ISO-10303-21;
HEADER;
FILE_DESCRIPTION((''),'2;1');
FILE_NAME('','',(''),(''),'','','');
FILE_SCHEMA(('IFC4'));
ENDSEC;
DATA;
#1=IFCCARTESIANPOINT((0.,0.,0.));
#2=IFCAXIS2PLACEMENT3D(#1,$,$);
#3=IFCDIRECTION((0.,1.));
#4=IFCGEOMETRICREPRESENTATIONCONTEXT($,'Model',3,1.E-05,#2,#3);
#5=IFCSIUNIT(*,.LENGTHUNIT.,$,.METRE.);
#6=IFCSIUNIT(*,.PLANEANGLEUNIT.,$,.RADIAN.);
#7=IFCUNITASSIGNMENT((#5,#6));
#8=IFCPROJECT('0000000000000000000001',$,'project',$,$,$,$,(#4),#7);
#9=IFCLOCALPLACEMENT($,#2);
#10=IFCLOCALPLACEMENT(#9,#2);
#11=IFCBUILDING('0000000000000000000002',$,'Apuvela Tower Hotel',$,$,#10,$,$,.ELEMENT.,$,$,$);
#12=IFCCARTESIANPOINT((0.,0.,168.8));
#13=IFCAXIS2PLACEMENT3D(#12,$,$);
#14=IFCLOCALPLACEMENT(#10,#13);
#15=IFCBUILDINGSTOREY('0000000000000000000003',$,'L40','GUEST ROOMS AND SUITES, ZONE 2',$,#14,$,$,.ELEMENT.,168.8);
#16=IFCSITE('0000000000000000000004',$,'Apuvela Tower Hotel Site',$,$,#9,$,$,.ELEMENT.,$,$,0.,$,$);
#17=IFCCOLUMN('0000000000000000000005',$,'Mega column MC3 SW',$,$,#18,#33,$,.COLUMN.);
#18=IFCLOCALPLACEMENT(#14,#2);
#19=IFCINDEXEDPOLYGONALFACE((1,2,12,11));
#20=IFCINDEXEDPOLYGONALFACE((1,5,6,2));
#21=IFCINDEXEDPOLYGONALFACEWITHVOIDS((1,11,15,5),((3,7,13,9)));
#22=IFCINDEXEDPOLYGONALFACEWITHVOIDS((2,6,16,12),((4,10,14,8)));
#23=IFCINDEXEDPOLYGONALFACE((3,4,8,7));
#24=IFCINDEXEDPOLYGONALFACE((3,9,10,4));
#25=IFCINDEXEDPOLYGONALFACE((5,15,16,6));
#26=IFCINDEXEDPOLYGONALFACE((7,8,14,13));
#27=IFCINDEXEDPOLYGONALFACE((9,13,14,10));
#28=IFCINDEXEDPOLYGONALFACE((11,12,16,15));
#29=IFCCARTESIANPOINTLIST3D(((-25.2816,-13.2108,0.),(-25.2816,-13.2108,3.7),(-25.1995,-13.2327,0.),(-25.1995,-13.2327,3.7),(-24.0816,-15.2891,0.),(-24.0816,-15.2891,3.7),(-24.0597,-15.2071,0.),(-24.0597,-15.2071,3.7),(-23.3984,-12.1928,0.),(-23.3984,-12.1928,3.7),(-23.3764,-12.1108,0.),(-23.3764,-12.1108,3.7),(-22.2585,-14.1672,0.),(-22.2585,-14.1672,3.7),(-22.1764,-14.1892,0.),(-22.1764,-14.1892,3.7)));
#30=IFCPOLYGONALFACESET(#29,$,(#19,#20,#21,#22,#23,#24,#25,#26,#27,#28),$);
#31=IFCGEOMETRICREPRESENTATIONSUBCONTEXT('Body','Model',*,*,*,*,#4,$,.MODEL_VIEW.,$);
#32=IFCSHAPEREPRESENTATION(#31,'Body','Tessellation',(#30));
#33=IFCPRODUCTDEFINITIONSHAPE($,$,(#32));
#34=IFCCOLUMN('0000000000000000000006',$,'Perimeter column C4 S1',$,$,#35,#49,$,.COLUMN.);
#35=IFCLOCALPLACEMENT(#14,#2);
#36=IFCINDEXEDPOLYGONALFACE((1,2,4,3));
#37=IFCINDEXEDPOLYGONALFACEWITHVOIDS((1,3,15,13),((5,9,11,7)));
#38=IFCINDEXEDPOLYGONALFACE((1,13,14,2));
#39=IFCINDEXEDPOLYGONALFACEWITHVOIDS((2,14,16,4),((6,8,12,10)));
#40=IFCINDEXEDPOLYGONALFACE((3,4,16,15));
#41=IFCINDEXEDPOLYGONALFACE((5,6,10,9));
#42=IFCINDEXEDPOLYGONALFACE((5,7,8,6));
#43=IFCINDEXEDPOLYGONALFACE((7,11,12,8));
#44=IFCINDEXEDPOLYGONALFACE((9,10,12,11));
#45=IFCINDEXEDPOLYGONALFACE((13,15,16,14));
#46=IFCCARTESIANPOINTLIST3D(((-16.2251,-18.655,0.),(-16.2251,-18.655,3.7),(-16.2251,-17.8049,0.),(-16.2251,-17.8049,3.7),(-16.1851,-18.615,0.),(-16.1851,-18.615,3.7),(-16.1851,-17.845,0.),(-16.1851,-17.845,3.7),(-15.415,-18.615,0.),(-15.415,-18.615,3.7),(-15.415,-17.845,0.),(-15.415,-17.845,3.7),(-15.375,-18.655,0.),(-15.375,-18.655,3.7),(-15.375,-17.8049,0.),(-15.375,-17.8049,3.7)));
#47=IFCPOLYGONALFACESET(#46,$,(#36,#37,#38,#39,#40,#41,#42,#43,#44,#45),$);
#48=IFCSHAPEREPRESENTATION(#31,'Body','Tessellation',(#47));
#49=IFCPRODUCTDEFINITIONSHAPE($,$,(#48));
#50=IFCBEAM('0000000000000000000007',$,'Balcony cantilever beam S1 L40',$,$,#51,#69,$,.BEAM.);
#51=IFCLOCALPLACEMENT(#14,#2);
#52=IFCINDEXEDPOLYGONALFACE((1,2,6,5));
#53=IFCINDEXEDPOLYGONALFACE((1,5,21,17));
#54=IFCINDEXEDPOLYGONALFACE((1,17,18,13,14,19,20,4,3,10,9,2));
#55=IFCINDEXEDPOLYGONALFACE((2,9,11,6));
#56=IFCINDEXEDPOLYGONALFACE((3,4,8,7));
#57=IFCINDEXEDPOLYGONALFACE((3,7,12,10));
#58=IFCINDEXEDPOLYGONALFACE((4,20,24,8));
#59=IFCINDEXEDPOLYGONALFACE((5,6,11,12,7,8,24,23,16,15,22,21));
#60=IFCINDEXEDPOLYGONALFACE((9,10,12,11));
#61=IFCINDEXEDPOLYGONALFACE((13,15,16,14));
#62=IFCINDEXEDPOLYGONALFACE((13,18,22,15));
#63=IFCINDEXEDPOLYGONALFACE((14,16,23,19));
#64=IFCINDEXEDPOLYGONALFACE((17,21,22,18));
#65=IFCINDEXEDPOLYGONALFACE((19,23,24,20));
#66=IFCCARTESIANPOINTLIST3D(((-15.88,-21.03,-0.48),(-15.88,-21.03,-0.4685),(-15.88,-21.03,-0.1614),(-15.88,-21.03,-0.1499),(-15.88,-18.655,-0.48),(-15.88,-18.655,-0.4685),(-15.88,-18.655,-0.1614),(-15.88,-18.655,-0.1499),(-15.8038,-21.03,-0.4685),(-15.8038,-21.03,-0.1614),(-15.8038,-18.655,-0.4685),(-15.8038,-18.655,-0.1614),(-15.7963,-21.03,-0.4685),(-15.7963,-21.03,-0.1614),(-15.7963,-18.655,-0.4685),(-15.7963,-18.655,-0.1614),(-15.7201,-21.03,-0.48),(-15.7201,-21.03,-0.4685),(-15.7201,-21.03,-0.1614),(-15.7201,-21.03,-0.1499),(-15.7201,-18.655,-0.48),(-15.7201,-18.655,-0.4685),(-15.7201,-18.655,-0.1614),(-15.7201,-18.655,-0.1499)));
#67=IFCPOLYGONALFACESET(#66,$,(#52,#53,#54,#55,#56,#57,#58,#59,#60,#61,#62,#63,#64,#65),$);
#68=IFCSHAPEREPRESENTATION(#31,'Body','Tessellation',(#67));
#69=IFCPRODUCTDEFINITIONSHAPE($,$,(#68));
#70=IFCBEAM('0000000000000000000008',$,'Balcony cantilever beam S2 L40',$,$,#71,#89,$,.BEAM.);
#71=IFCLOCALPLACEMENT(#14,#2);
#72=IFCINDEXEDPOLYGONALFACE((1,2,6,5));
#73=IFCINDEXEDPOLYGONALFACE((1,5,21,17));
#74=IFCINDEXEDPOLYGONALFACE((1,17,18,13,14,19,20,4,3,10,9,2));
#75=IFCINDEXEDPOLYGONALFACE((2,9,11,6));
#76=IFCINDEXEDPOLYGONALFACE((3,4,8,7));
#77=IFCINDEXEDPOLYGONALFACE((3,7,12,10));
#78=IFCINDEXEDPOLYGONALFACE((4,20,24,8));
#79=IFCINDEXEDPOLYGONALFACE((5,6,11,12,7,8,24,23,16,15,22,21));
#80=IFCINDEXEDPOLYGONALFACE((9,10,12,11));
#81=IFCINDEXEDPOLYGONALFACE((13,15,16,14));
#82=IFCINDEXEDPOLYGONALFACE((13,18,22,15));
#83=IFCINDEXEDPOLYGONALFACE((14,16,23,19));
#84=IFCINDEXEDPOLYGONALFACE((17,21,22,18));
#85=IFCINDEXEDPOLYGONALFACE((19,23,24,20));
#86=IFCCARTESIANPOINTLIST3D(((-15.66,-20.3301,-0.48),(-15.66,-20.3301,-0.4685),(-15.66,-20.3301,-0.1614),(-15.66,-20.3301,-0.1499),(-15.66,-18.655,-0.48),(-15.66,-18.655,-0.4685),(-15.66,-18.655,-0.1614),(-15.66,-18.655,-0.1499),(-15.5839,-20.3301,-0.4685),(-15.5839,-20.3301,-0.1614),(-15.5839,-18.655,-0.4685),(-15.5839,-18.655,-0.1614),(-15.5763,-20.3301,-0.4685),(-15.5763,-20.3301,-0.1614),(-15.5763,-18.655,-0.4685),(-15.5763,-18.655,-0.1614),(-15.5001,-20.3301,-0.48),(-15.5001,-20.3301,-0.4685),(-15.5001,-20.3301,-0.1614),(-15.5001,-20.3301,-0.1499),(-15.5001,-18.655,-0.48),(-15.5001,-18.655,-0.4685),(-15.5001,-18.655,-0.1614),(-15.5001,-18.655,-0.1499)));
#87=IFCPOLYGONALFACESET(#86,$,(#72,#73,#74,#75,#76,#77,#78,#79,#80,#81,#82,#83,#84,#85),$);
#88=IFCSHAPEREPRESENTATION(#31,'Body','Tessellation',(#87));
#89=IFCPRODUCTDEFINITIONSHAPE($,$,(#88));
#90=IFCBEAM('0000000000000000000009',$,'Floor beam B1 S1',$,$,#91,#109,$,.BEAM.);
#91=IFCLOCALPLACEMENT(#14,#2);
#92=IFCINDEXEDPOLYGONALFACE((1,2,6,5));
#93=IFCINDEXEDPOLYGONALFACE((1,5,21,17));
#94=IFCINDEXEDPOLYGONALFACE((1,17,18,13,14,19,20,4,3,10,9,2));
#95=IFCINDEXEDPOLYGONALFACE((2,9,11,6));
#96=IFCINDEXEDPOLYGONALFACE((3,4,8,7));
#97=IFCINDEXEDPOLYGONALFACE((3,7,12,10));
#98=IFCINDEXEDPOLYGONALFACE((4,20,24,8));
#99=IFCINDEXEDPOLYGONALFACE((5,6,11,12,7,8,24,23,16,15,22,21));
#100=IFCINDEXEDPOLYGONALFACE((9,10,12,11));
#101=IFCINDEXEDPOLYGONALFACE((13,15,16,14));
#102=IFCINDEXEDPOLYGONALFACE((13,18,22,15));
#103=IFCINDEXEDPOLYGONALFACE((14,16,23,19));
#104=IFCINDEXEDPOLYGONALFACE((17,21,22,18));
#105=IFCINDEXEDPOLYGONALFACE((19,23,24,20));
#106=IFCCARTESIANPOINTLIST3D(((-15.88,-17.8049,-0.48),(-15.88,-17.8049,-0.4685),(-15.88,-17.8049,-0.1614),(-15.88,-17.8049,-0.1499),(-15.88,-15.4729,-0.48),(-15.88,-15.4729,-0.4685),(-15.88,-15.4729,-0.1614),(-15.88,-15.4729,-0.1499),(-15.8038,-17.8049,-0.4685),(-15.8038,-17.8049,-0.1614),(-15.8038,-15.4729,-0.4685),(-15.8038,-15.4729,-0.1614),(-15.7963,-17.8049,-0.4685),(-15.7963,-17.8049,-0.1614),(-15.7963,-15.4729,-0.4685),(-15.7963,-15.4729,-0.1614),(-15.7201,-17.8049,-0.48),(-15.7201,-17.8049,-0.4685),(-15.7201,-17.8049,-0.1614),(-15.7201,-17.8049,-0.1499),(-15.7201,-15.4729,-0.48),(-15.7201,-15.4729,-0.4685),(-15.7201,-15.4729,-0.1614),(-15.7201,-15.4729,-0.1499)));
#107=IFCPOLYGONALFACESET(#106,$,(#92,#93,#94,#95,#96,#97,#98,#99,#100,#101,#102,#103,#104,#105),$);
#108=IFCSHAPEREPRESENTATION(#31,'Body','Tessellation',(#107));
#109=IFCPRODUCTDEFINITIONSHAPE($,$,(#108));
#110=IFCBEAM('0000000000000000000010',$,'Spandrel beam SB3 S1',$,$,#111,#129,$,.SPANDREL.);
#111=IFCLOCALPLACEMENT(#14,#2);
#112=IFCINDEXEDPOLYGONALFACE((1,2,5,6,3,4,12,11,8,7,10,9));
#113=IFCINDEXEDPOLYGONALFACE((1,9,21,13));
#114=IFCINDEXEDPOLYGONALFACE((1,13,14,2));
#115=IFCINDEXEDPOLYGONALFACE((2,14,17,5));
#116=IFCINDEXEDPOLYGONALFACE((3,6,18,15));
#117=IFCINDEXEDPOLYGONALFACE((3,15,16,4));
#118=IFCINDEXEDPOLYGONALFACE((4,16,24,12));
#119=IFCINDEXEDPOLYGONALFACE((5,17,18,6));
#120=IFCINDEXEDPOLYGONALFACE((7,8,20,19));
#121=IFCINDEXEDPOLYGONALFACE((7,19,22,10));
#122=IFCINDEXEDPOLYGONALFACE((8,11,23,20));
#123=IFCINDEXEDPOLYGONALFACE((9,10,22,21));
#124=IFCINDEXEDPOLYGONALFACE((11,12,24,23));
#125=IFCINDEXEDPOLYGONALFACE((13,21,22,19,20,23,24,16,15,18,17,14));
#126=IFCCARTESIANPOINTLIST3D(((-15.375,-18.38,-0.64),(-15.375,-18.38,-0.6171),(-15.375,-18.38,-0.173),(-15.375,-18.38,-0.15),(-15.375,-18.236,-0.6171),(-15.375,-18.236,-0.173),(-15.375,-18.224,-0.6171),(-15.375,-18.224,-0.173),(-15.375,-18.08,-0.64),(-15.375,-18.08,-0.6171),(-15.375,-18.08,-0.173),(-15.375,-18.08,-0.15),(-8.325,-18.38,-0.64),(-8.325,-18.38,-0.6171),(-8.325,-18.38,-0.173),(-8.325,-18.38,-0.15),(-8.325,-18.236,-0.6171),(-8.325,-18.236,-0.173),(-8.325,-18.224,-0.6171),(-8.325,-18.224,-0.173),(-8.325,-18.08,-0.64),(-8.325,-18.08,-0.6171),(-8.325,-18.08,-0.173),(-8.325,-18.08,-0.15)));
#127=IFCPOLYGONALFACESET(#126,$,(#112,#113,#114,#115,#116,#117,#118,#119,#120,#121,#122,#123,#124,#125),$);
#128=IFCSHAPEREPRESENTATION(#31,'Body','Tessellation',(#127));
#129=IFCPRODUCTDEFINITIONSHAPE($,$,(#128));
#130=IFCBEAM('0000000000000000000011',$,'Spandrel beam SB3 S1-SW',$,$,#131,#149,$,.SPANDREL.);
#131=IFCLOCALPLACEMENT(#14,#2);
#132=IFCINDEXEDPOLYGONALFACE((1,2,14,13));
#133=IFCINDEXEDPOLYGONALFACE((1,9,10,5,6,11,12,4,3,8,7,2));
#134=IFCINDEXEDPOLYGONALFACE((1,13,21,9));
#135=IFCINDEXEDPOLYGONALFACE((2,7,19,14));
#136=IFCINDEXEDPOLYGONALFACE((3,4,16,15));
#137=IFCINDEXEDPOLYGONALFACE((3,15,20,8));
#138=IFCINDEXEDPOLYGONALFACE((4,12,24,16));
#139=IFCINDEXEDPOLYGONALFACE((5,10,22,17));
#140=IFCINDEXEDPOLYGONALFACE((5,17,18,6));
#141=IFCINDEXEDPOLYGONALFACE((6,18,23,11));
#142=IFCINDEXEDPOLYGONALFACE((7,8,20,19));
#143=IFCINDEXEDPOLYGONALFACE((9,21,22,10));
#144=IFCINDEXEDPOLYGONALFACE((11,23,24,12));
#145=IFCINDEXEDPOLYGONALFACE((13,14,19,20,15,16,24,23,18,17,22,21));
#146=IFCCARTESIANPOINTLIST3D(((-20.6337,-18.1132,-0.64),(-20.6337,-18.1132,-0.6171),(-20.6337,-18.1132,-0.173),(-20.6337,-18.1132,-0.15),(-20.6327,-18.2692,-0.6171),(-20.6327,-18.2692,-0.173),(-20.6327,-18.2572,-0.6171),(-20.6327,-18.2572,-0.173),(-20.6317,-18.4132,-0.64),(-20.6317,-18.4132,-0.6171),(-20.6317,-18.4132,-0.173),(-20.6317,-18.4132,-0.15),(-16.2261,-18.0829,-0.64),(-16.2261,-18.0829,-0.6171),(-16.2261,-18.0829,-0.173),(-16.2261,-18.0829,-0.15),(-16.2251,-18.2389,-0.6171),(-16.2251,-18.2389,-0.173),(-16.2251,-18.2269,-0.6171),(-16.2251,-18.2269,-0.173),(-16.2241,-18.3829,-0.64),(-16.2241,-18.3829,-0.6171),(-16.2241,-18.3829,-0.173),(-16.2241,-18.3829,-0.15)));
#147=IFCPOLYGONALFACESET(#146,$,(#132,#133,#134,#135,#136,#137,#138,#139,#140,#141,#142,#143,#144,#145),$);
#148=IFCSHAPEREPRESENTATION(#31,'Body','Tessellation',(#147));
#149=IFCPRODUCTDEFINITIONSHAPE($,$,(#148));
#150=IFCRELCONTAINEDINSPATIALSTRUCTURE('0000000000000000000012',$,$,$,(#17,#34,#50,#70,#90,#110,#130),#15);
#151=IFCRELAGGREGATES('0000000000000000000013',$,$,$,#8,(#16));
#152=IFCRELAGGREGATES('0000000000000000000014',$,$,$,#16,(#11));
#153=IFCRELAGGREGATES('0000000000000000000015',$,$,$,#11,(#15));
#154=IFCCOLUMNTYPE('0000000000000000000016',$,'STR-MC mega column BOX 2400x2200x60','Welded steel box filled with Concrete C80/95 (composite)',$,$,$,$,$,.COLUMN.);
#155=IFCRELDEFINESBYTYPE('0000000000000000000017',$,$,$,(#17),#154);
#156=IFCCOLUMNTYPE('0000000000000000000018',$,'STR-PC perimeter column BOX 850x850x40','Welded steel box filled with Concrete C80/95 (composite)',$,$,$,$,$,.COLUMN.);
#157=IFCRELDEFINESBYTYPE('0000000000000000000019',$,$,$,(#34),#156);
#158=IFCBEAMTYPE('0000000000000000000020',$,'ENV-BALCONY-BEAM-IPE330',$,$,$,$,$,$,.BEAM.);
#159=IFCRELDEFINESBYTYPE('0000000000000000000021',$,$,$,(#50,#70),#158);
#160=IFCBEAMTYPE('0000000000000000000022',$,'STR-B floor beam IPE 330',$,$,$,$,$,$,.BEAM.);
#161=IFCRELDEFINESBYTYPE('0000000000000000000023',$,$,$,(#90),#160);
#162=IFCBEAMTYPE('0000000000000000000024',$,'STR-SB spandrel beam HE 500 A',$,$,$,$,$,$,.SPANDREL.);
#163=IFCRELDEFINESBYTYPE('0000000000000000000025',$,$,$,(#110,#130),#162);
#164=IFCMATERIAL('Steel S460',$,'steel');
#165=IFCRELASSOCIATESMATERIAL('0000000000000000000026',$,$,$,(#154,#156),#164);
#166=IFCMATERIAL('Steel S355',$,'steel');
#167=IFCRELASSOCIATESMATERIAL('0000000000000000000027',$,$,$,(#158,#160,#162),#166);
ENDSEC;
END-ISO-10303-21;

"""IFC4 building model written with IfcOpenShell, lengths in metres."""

from ifc_helpers import new_model, si_unit, direction, frame, origin, origin_2d, place, context, subcontext, project, spatial, rectangle, hollow_rectangle, i_section, extrude, material, material_profile, profile_set, type_object, element, save


model = new_model("IFC4")

# Units and contexts
model_context = context("Model", 3, precision=1e-05, world=origin(), true_north=direction((0.0, 1.0)))
body_context = subcontext(model_context, "Body", "Model", "MODEL_VIEW")
ifc_project = project(units=[si_unit("LENGTHUNIT", "METRE"), si_unit("PLANEANGLEUNIT", "RADIAN")], contexts=[model_context])

# Site, building, storey
site_placement = place(None, origin())
site = spatial("IfcSite", under=ifc_project, at=site_placement, Name="Apuvela Tower Hotel Site", CompositionType="ELEMENT", RefElevation=0.0)
building_placement = place(site_placement, origin())
building = spatial("IfcBuilding", under=site, at=building_placement, Name="Apuvela Tower Hotel", CompositionType="ELEMENT")
storey_placement = place(building_placement, frame((0.0, 0.0, 168.8)))
storey = spatial("IfcBuildingStorey", under=building, at=storey_placement, Name="L40", Description="GUEST ROOMS AND SUITES, ZONE 2", CompositionType="ELEMENT", Elevation=168.8)

# Columns
ifc_material_1 = material(Name="Steel S460", Category="steel")
ifc_material_profile_1 = material_profile(ifc_material_1, hollow_rectangle(XDim=2.3999, YDim=2.2, WallThickness=0.0601, at=origin_2d()), Name="BOX 2400x2200x60")
ifc_material_2 = material(Name="Concrete C80/95", Category="concrete")
ifc_material_profile_2 = material_profile(ifc_material_2, rectangle(XDim=2.28, YDim=2.0801, at=origin_2d()), Name="Concrete C80/95 infill")
ifc_profile_set_1 = profile_set([ifc_material_profile_1, ifc_material_profile_2], Name="Steel S460")
column_type_1 = type_object("IfcColumnType", Name="STR-MC mega column BOX 2400x2200x60", Description="Welded steel box filled with Concrete C80/95 (composite)", PredefinedType="COLUMN", material=ifc_profile_set_1)
column_1_placement = place(storey_placement, frame((-23.729, -13.7, 0.0), z_axis=(0.0, 0.0, 1.0), x_axis=(-0.5, 0.866025, 0.0)))
element("IfcColumn", 1, at=column_1_placement, inside=storey, type_object=column_type_1, Name="Mega column MC3 SW", PredefinedType="COLUMN", context=body_context, shape_type="SweptSolid", body=[
    extrude(hollow_rectangle(XDim=2.3999, YDim=2.2, WallThickness=0.0601, at=origin_2d()), origin(), (0.0, 0.0, 1.0), 3.7),
])
ifc_material_profile_3 = material_profile(ifc_material_1, hollow_rectangle(XDim=0.8501, YDim=0.8501, WallThickness=0.04, at=origin_2d()), Name="BOX 850x850x40")
ifc_material_profile_4 = material_profile(ifc_material_2, rectangle(XDim=0.77, YDim=0.77, at=origin_2d()), Name="Concrete C80/95 infill")
ifc_profile_set_2 = profile_set([ifc_material_profile_3, ifc_material_profile_4], Name="Steel S460")
column_type_2 = type_object("IfcColumnType", Name="STR-PC perimeter column BOX 850x850x40", Description="Welded steel box filled with Concrete C80/95 (composite)", PredefinedType="COLUMN", material=ifc_profile_set_2)
column_2_placement = place(storey_placement, frame((-15.8, -18.23, 0.0), z_axis=(0.0, 0.0, 1.0), x_axis=(-1.0, 0.0, 0.0)))
element("IfcColumn", 2, at=column_2_placement, inside=storey, type_object=column_type_2, Name="Perimeter column C4 S1", PredefinedType="COLUMN", context=body_context, shape_type="SweptSolid", body=[
    extrude(hollow_rectangle(XDim=0.8501, YDim=0.8501, WallThickness=0.04, at=origin_2d()), origin(), (0.0, 0.0, 1.0), 3.7),
])

# Beams
ifc_material_3 = material(Name="Steel S355", Category="steel")
ifc_material_profile_5 = material_profile(ifc_material_3, i_section(OverallWidth=0.1599, OverallDepth=0.3301, WebThickness=0.0076, FlangeThickness=0.0115, at=origin_2d()), Name="IPE 330")
ifc_profile_set_3 = profile_set([ifc_material_profile_5], Name="Steel S355")
beam_type_1 = type_object("IfcBeamType", Name="ENV-BALCONY-BEAM-IPE330", PredefinedType="BEAM", material=ifc_profile_set_3)
beam_1_placement = place(storey_placement, frame((-15.8, -18.655, -0.3149), z_axis=(0.0, -1.0, 0.0), x_axis=(1.0, 0.0, 0.0)))
element("IfcBeam", 3, at=beam_1_placement, inside=storey, type_object=beam_type_1, Name="Balcony cantilever beam S1 L40", PredefinedType="BEAM", context=body_context, shape_type="SweptSolid", body=[
    extrude(i_section(OverallWidth=0.1599, OverallDepth=0.3301, WebThickness=0.0076, FlangeThickness=0.0115, at=origin_2d()), origin(), (0.0, 0.0, 1.0), 2.375),
])
beam_2_placement = place(storey_placement, frame((-15.5801, -18.655, -0.3149), z_axis=(0.0, -1.0, 0.0), x_axis=(1.0, 0.0, 0.0)))
element("IfcBeam", 4, at=beam_2_placement, inside=storey, type_object=beam_type_1, Name="Balcony cantilever beam S2 L40", PredefinedType="BEAM", context=body_context, shape_type="SweptSolid", body=[
    extrude(i_section(OverallWidth=0.1599, OverallDepth=0.3301, WebThickness=0.0076, FlangeThickness=0.0115, at=origin_2d()), origin(), (0.0, 0.0, 1.0), 1.675),
])
ifc_material_profile_6 = material_profile(ifc_material_3, i_section(OverallWidth=0.1599, OverallDepth=0.3301, WebThickness=0.0076, FlangeThickness=0.0115, at=origin_2d()), Name="IPE 330")
ifc_profile_set_4 = profile_set([ifc_material_profile_6], Name="Steel S355")
beam_type_2 = type_object("IfcBeamType", Name="STR-B floor beam IPE 330", PredefinedType="BEAM", material=ifc_profile_set_4)
beam_3_placement = place(storey_placement, frame((-15.8, -17.8049, -0.3149), z_axis=(0.0, 1.0, 0.0), x_axis=(-1.0, 0.0, 0.0)))
element("IfcBeam", 5, at=beam_3_placement, inside=storey, type_object=beam_type_2, Name="Floor beam B1 S1", PredefinedType="BEAM", context=body_context, shape_type="SweptSolid", body=[
    extrude(i_section(OverallWidth=0.1599, OverallDepth=0.3301, WebThickness=0.0076, FlangeThickness=0.0115, at=origin_2d()), origin(), (0.0, 0.0, 1.0), 2.332),
])
ifc_material_profile_7 = material_profile(ifc_material_3, i_section(OverallWidth=0.3, OverallDepth=0.49, WebThickness=0.012, FlangeThickness=0.0229, at=origin_2d()), Name="HE 500 A")
ifc_profile_set_5 = profile_set([ifc_material_profile_7], Name="Steel S355")
beam_type_3 = type_object("IfcBeamType", Name="STR-SB spandrel beam HE 500 A", PredefinedType="SPANDREL", material=ifc_profile_set_5)
beam_4_placement = place(storey_placement, frame((-15.375, -18.23, -0.395), z_axis=(1.0, 0.0, 0.0), x_axis=(0.0, 1.0, 0.0)))
element("IfcBeam", 6, at=beam_4_placement, inside=storey, type_object=beam_type_3, Name="Spandrel beam SB3 S1", PredefinedType="SPANDREL", context=body_context, shape_type="SweptSolid", body=[
    extrude(i_section(OverallWidth=0.3, OverallDepth=0.49, WebThickness=0.012, FlangeThickness=0.0229, at=origin_2d()), origin(), (0.0, 0.0, 1.0), 7.05),
])
beam_5_placement = place(storey_placement, frame((-16.2251, -18.2329, -0.395), z_axis=(-0.999976, -0.006868, 0.0), x_axis=(0.006868, -0.999976, 0.0)))
element("IfcBeam", 7, at=beam_5_placement, inside=storey, type_object=beam_type_3, Name="Spandrel beam SB3 S1-SW", PredefinedType="SPANDREL", context=body_context, shape_type="SweptSolid", body=[
    extrude(i_section(OverallWidth=0.3, OverallDepth=0.49, WebThickness=0.012, FlangeThickness=0.0229, at=origin_2d()), origin(), (0.0, 0.0, 1.0), 4.4077),
])

save(model, "model.ifc")
